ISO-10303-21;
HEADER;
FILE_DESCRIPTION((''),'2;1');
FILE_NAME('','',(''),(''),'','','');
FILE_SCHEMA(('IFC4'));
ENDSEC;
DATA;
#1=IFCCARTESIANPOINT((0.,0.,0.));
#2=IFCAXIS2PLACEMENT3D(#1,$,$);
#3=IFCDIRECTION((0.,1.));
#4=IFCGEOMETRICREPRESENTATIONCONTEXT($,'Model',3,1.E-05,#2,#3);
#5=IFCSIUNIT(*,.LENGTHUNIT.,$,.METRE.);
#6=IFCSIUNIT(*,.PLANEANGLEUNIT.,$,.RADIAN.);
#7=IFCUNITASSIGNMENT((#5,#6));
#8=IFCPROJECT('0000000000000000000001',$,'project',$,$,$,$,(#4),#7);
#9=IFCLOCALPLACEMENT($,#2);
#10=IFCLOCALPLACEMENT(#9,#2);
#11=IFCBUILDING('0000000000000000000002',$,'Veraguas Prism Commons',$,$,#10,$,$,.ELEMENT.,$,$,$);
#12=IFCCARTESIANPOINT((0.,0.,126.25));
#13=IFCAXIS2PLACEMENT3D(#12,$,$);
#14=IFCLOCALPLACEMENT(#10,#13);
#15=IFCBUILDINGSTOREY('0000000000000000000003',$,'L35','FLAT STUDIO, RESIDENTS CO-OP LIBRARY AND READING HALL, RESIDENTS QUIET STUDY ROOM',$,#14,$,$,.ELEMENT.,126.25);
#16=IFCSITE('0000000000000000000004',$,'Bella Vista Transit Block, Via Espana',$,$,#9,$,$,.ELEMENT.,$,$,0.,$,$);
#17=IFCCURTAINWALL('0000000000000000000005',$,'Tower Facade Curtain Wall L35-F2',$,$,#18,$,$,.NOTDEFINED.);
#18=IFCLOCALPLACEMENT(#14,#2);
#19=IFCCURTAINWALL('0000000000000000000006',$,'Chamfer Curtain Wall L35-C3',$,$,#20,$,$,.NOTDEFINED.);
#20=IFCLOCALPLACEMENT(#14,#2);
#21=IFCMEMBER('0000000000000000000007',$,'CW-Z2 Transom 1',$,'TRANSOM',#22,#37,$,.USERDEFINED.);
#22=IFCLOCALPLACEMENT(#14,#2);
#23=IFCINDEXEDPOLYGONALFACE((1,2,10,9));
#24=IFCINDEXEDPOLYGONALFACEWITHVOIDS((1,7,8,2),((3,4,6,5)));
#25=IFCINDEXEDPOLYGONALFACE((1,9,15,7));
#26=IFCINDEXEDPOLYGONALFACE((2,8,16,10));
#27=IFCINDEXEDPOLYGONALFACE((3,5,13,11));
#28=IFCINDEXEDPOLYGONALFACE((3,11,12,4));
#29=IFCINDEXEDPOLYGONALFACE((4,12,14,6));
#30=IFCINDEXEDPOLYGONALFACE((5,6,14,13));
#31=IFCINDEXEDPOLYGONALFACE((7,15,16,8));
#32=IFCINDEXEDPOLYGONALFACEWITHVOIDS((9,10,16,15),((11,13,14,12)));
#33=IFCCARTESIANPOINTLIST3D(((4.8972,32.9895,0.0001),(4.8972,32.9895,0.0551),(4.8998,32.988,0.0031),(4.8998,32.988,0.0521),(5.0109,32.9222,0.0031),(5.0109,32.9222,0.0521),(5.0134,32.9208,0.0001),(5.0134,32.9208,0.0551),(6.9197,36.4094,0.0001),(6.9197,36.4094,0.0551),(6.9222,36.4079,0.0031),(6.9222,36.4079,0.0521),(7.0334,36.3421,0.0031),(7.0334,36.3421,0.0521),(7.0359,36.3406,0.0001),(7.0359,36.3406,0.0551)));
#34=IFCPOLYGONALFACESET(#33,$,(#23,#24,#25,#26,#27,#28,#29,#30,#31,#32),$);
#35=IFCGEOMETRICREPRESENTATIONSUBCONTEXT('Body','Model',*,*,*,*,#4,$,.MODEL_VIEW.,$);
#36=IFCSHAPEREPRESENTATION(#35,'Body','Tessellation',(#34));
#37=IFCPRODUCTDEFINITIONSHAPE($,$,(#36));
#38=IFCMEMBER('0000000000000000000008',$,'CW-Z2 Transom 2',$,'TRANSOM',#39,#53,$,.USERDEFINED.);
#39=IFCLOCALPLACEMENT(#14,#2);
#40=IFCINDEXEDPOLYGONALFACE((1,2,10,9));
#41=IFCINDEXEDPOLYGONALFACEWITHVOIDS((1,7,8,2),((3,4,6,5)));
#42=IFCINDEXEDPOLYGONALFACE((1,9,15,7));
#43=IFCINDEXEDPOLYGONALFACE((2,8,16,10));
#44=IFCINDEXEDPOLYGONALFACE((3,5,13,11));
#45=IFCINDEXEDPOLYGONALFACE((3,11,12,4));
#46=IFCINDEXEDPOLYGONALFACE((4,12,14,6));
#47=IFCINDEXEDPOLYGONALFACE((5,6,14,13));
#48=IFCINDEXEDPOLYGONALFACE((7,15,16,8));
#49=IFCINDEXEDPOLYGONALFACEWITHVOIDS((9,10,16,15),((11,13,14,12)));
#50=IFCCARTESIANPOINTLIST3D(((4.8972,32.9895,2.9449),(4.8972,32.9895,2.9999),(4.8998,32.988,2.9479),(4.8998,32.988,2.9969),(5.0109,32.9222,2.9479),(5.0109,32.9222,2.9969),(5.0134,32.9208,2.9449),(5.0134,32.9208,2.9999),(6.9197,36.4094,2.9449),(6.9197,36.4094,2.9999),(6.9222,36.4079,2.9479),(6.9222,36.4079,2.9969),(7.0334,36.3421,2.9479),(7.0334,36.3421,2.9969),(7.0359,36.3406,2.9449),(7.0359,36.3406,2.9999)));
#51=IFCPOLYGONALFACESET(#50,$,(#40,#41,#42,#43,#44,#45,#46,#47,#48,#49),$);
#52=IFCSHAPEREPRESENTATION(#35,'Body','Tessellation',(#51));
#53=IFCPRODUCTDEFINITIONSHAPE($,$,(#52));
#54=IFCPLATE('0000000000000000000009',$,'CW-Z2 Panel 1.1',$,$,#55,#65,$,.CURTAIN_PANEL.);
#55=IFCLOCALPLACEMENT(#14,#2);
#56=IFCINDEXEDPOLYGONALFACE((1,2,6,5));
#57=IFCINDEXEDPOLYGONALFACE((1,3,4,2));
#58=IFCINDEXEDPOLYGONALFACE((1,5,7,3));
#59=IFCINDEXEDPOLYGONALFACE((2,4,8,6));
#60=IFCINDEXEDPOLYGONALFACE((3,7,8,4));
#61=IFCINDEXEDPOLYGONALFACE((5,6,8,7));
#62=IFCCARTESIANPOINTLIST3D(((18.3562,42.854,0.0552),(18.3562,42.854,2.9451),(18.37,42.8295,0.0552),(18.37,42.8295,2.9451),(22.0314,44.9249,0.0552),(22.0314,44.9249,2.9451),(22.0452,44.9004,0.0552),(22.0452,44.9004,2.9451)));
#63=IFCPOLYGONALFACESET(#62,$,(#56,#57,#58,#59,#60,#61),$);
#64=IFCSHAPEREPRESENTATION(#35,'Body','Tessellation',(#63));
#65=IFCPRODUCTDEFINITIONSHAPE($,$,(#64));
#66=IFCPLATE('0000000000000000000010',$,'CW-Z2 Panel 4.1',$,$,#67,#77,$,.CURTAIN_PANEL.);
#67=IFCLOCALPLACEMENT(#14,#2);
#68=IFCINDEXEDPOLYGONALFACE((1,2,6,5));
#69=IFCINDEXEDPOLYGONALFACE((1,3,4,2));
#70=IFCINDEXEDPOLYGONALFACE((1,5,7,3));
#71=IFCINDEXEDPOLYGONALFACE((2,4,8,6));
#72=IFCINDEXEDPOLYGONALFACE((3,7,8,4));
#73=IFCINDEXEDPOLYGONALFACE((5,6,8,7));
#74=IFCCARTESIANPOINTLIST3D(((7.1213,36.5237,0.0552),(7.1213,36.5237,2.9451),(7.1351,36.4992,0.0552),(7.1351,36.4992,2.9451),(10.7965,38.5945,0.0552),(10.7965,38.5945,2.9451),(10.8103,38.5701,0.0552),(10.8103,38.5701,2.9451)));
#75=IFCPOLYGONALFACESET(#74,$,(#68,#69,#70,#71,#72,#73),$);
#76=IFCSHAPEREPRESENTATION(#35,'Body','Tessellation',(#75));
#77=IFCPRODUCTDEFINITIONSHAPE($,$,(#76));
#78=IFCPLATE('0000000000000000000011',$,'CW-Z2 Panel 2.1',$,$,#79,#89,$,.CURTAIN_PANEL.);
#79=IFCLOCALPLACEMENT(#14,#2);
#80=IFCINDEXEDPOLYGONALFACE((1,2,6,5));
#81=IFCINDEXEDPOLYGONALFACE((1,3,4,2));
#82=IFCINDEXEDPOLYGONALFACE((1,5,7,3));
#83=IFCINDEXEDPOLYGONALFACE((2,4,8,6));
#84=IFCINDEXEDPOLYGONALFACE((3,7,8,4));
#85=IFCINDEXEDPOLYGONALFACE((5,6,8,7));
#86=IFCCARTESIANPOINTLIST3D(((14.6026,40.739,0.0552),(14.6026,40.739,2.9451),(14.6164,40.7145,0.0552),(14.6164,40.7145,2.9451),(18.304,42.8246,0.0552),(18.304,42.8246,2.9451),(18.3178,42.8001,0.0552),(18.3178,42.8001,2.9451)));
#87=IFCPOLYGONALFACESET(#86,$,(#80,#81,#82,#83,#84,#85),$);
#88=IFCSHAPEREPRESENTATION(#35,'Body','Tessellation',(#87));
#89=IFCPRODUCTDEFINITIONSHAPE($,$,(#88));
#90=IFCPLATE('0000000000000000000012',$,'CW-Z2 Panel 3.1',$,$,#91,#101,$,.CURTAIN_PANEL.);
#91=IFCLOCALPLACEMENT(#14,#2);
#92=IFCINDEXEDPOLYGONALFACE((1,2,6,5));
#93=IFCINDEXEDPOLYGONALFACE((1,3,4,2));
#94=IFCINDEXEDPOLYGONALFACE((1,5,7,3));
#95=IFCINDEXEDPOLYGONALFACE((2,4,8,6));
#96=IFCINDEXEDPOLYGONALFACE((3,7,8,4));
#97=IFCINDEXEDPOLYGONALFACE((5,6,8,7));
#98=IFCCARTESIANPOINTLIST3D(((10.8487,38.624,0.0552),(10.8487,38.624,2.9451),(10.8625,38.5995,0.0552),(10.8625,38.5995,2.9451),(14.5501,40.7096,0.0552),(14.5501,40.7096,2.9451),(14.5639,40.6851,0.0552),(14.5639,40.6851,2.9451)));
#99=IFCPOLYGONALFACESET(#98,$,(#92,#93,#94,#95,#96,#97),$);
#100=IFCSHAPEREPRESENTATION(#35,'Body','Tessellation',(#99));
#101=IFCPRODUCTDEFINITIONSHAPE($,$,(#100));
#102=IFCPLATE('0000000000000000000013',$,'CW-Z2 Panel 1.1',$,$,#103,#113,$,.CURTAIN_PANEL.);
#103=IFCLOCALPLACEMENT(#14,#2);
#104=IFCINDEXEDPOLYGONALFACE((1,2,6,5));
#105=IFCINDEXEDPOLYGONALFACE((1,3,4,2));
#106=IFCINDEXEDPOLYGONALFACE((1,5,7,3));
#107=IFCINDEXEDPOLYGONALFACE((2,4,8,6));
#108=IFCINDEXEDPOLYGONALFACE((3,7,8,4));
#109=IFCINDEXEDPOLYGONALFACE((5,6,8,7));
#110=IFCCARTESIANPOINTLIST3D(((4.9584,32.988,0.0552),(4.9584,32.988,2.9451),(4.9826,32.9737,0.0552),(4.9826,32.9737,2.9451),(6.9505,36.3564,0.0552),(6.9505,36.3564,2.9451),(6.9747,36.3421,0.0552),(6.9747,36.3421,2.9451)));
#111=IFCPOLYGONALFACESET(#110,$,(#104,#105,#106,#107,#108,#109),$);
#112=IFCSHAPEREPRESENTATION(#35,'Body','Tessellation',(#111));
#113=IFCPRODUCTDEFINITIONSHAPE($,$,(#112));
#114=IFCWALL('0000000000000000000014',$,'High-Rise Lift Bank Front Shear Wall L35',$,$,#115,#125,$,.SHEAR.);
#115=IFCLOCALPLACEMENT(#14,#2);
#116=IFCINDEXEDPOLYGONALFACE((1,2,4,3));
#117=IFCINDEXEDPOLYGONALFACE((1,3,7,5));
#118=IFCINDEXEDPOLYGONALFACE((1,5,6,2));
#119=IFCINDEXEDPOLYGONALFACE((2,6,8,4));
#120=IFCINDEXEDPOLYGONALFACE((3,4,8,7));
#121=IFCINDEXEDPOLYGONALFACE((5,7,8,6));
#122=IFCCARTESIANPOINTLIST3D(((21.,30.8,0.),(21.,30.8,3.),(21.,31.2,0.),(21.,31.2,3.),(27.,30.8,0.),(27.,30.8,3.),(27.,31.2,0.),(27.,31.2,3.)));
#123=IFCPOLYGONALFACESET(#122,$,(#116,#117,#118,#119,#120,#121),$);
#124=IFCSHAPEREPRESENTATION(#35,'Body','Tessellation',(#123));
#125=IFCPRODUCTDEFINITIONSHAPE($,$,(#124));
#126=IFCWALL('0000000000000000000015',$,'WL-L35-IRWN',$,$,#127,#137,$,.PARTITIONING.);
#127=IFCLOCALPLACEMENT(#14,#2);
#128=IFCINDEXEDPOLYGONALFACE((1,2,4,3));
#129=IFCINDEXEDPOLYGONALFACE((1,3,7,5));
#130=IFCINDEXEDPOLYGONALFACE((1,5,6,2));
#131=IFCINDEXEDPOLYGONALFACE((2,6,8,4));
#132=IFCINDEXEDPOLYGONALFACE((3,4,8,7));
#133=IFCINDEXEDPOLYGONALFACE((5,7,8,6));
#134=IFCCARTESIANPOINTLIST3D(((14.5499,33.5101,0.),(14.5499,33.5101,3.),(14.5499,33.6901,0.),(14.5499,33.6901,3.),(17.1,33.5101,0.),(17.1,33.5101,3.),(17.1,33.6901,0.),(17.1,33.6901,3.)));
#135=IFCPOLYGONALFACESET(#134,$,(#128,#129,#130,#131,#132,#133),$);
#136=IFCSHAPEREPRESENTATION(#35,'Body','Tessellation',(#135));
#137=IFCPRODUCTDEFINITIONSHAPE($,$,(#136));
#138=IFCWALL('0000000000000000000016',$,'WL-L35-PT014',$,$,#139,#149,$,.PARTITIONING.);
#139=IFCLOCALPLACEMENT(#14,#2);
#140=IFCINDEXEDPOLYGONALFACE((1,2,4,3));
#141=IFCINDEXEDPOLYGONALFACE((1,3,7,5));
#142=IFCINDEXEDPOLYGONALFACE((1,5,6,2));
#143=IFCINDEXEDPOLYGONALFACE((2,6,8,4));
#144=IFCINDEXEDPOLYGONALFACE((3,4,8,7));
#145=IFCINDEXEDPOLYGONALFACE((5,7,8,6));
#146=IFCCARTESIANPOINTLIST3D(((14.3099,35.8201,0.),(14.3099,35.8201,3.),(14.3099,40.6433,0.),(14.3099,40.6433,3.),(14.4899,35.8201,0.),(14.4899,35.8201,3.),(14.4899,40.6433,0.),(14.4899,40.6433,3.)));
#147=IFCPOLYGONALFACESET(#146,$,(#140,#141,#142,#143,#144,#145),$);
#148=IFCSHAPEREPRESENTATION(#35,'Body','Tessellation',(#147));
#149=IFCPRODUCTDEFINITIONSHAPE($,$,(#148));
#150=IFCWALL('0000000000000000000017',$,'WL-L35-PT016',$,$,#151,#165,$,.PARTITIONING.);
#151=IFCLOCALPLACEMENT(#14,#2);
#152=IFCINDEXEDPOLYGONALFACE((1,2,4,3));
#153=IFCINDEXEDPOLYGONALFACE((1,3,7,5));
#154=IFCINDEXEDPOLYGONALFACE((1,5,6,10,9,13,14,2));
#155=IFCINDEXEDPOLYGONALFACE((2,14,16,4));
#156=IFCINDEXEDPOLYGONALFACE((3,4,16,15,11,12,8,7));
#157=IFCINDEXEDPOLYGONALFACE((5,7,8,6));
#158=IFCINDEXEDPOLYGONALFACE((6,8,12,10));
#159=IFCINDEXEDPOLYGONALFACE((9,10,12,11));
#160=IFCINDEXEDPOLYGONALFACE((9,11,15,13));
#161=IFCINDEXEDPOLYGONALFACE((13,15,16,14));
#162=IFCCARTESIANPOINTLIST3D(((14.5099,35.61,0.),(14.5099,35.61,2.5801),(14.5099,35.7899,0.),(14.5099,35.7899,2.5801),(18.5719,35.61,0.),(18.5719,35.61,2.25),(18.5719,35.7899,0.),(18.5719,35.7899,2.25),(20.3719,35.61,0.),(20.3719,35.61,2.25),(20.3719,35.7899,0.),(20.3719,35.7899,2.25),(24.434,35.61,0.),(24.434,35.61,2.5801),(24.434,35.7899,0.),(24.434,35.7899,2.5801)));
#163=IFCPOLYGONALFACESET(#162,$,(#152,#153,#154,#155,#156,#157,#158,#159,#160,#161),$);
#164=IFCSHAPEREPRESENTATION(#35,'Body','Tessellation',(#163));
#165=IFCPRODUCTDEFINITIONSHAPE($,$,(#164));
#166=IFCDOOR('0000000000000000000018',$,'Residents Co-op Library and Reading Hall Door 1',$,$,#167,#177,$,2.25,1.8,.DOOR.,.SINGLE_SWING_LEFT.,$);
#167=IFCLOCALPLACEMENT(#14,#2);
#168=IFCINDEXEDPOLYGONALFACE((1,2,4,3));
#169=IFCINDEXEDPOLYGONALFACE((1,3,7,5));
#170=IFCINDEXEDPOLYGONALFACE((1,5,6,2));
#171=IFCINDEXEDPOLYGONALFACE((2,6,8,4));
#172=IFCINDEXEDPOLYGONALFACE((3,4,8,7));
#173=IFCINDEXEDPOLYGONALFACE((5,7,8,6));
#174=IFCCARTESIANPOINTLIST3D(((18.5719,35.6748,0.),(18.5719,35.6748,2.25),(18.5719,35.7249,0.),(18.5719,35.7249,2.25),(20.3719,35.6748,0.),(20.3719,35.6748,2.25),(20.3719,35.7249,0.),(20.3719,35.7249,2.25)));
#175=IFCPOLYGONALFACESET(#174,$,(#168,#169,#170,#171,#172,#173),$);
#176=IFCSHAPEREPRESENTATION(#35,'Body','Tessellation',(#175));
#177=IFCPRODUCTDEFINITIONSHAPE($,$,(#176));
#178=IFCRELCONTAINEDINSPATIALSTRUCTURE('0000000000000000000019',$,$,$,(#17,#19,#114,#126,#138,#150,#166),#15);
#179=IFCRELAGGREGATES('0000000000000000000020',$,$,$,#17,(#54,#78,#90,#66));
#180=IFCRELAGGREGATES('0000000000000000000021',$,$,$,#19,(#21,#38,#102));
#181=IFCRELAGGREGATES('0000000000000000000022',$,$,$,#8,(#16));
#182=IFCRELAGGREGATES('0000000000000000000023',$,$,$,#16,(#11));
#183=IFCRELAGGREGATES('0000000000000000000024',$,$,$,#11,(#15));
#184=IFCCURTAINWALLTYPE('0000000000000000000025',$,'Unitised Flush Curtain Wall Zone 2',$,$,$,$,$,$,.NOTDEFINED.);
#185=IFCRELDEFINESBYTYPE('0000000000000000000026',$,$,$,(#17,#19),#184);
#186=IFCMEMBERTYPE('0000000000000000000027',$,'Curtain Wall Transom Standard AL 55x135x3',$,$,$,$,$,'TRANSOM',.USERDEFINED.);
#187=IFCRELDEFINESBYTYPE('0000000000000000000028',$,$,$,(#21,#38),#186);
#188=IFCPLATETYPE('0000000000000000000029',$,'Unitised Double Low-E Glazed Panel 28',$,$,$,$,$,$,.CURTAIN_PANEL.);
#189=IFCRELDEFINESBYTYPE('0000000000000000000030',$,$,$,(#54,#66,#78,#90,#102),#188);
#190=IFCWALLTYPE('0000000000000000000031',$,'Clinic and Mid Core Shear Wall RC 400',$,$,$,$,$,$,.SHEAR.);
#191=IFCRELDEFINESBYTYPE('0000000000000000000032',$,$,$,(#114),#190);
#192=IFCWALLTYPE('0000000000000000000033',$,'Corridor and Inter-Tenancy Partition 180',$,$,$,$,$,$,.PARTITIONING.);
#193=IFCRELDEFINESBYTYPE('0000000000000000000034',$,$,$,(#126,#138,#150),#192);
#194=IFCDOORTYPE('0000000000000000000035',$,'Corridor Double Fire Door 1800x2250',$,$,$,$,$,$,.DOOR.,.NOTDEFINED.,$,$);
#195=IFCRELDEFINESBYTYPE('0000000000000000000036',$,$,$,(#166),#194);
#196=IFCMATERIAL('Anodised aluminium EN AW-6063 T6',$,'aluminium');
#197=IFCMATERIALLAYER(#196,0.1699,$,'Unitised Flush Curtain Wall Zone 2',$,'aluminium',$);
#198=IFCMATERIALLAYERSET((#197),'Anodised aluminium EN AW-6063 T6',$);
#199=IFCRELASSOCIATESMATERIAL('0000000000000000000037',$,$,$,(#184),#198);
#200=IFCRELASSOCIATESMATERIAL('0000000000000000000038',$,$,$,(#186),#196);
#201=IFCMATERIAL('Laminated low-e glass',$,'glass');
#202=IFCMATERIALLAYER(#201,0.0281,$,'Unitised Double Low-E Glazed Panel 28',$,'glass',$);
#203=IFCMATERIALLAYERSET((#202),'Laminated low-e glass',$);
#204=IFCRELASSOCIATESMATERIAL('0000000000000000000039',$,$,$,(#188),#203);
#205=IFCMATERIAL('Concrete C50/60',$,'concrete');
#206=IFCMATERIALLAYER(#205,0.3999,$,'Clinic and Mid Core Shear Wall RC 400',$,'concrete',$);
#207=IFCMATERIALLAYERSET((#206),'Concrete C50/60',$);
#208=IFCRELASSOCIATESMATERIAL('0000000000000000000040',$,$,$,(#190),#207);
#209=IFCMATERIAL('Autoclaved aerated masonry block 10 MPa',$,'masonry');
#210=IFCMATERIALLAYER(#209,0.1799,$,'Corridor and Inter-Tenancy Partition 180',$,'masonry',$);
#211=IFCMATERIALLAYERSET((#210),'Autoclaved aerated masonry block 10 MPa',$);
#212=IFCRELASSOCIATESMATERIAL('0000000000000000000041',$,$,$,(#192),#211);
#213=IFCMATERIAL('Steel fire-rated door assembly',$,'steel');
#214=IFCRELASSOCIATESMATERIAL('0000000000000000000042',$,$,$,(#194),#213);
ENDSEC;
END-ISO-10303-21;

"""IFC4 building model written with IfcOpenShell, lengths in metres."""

from ifc_helpers import new_model, si_unit, direction, frame, frame_2d, origin, origin_2d, place, context, subcontext, project, spatial, rectangle, hollow_rectangle, extrude, source, transform, mapped, material, layer, layer_set, material_profile, profile_set, type_object, element, fill, aggregate, save


model = new_model("IFC4")

# Units and contexts
model_context = context("Model", 3, precision=1e-05, world=origin(), true_north=direction((0.0, 1.0)))
body_context = subcontext(model_context, "Body", "Model", "MODEL_VIEW")
ifc_project = project(units=[si_unit("LENGTHUNIT", "METRE"), si_unit("PLANEANGLEUNIT", "RADIAN")], contexts=[model_context])

# Site, building, storey
site_placement = place(None, origin())
site = spatial("IfcSite", under=ifc_project, at=site_placement, Name="Bella Vista Transit Block, Via Espana", CompositionType="ELEMENT", RefElevation=0.0)
building_placement = place(site_placement, origin())
building = spatial("IfcBuilding", under=site, at=building_placement, Name="Veraguas Prism Commons", CompositionType="ELEMENT")
storey_placement = place(building_placement, frame((0.0, 0.0, 126.25)))
storey = spatial("IfcBuildingStorey", under=building, at=storey_placement, Name="L35", Description="FLAT STUDIO, RESIDENTS CO-OP LIBRARY AND READING HALL, RESIDENTS QUIET STUDY ROOM", CompositionType="ELEMENT", Elevation=126.25)

# Shared definitions
ifc_material_1 = material(Name="Concrete C50/60", Category="concrete")

# Curtain wall
ifc_material_2 = material(Name="Anodised aluminium EN AW-6063 T6", Category="aluminium")
ifc_layer_1 = layer(ifc_material_2, 0.1699, Name="Unitised Flush Curtain Wall Zone 2", Category="aluminium")
ifc_layer_set_1 = layer_set([ifc_layer_1], Name="Anodised aluminium EN AW-6063 T6")
curtain_wall_type = type_object("IfcCurtainWallType", Name="Unitised Flush Curtain Wall Zone 2", PredefinedType="NOTDEFINED", material=ifc_layer_set_1)
curtain_wall_1_placement = place(storey_placement, origin())
curtain_wall_1 = element("IfcCurtainWall", 1, at=curtain_wall_1_placement, inside=storey, type_object=curtain_wall_type, Name="Tower Facade Curtain Wall L35-F2", PredefinedType="NOTDEFINED")

# Curtain wall
curtain_wall_2_placement = place(storey_placement, origin())
curtain_wall_2 = element("IfcCurtainWall", 2, at=curtain_wall_2_placement, inside=storey, type_object=curtain_wall_type, Name="Chamfer Curtain Wall L35-C3", PredefinedType="NOTDEFINED")

# Members
ifc_material_profile_1 = material_profile(ifc_material_2, hollow_rectangle(XDim=0.0549, YDim=0.135, WallThickness=0.0029, at=origin_2d()), Name="AL55X135X3")
ifc_profile_set_1 = profile_set([ifc_material_profile_1], Name="Anodised aluminium EN AW-6063 T6")
member_type_1 = type_object("IfcMemberType", Name="Curtain Wall Transom Standard AL 55x135x3", ElementType="TRANSOM", PredefinedType="USERDEFINED", material=ifc_profile_set_1)
shared_shape_1 = source(origin(), body_context, "Body", "SweptSolid", [
    extrude(hollow_rectangle(XDim=0.0549, YDim=0.135, WallThickness=0.0029, at=origin_2d()), origin(), (0.0, 0.0, 1.0), 3.9731),
])
member_1_placement = place(storey_placement, frame((6.9778, 36.375, 0.0276), z_axis=(-0.509027, -0.86075, 0.0), x_axis=(0.0, 0.0, 1.0)))
member_1 = element("IfcMember", 3, at=member_1_placement, type_object=member_type_1, Name="CW-Z2 Transom 1", ObjectType="TRANSOM", PredefinedType="USERDEFINED", context=body_context, shape_type="MappedRepresentation", body=[
    mapped(shared_shape_1, transform((0.0, 0.0, 0.0), scale=1.0)),
])
member_2_placement = place(storey_placement, frame((6.9778, 36.375, 2.9724), z_axis=(-0.509027, -0.86075, 0.0), x_axis=(0.0, 0.0, 1.0)))
member_2 = element("IfcMember", 4, at=member_2_placement, type_object=member_type_1, Name="CW-Z2 Transom 2", ObjectType="TRANSOM", PredefinedType="USERDEFINED", context=body_context, shape_type="MappedRepresentation", body=[
    mapped(shared_shape_1, transform((0.0, 0.0, 0.0), scale=1.0)),
])

# Plates
ifc_material_3 = material(Name="Laminated low-e glass", Category="glass")
ifc_layer_2 = layer(ifc_material_3, 0.0281, Name="Unitised Double Low-E Glazed Panel 28", Category="glass")
ifc_layer_set_2 = layer_set([ifc_layer_2], Name="Laminated low-e glass")
plate_type = type_object("IfcPlateType", Name="Unitised Double Low-E Glazed Panel 28", PredefinedType="CURTAIN_PANEL", material=ifc_layer_set_2)
shared_shape_2 = source(origin(), body_context, "Body", "SweptSolid", [
    extrude(rectangle(XDim=4.2185, YDim=0.0281, at=origin_2d()), origin(), (0.0, 0.0, 1.0), 2.8899),
])
plate_1_placement = place(storey_placement, frame((20.2007, 43.8772, 0.0552), z_axis=(0.0, 0.0, 1.0), x_axis=(-0.871215, -0.490902, 0.0)))
plate_1 = element("IfcPlate", 5, at=plate_1_placement, type_object=plate_type, Name="CW-Z2 Panel 1.1", PredefinedType="CURTAIN_PANEL", context=body_context, shape_type="MappedRepresentation", body=[
    mapped(shared_shape_2, transform((0.0, 0.0, 0.0), scale=1.0)),
])
plate_2_placement = place(storey_placement, frame((8.9658, 37.5469, 0.0552), z_axis=(0.0, 0.0, 1.0), x_axis=(-0.871215, -0.490902, 0.0)))
plate_2 = element("IfcPlate", 6, at=plate_2_placement, type_object=plate_type, Name="CW-Z2 Panel 4.1", PredefinedType="CURTAIN_PANEL", context=body_context, shape_type="MappedRepresentation", body=[
    mapped(shared_shape_2, transform((0.0, 0.0, 0.0), scale=1.0)),
])
shared_shape_3 = source(origin(), body_context, "Body", "SweptSolid", [
    extrude(rectangle(XDim=4.2485, YDim=0.0281, at=origin_2d()), origin(), (0.0, 0.0, 1.0), 2.8899),
])
plate_3_placement = place(storey_placement, frame((16.4602, 41.7695, 0.0552), z_axis=(0.0, 0.0, 1.0), x_axis=(-0.871215, -0.490902, 0.0)))
plate_3 = element("IfcPlate", 7, at=plate_3_placement, type_object=plate_type, Name="CW-Z2 Panel 2.1", PredefinedType="CURTAIN_PANEL", context=body_context, shape_type="MappedRepresentation", body=[
    mapped(shared_shape_3, transform((0.0, 0.0, 0.0), scale=1.0)),
])
plate_4_placement = place(storey_placement, frame((12.7063, 39.6545, 0.0552), z_axis=(0.0, 0.0, 1.0), x_axis=(-0.871215, -0.490902, 0.0)))
plate_4 = element("IfcPlate", 8, at=plate_4_placement, type_object=plate_type, Name="CW-Z2 Panel 3.1", PredefinedType="CURTAIN_PANEL", context=body_context, shape_type="MappedRepresentation", body=[
    mapped(shared_shape_3, transform((0.0, 0.0, 0.0), scale=1.0)),
])
aggregate(curtain_wall_1, [plate_1, plate_3, plate_4, plate_2])
shared_shape_4 = source(origin(), body_context, "Body", "SweptSolid", [
    extrude(rectangle(XDim=3.9133, YDim=0.0281, at=origin_2d()), origin(), (0.0, 0.0, 1.0), 2.8899),
])
plate_5_placement = place(storey_placement, frame((5.9666, 34.665, 0.0552), z_axis=(0.0, 0.0, 1.0), x_axis=(-0.509041, -0.860742, 0.0)))
plate_5 = element("IfcPlate", 9, at=plate_5_placement, type_object=plate_type, Name="CW-Z2 Panel 1.1", PredefinedType="CURTAIN_PANEL", context=body_context, shape_type="MappedRepresentation", body=[
    mapped(shared_shape_4, transform((0.0, 0.0, 0.0), scale=1.0)),
])
aggregate(curtain_wall_2, [member_1, member_2, plate_5])

# Walls
ifc_layer_3 = layer(ifc_material_1, 0.3999, Name="Clinic and Mid Core Shear Wall RC 400", Category="concrete")
ifc_layer_set_3 = layer_set([ifc_layer_3], Name="Concrete C50/60")
wall_type_1 = type_object("IfcWallType", Name="Clinic and Mid Core Shear Wall RC 400", PredefinedType="SHEAR", material=ifc_layer_set_3)
wall_1_placement = place(storey_placement, frame((21.0, 31.0, 0.0), z_axis=(0.0, 0.0, 1.0), x_axis=(1.0, 0.0, 0.0)))
element("IfcWall", 10, at=wall_1_placement, inside=storey, type_object=wall_type_1, Name="High-Rise Lift Bank Front Shear Wall L35", PredefinedType="SHEAR", context=body_context, shape_type="SweptSolid", body=[
    extrude(rectangle(XDim=6.0, YDim=0.3999, at=frame_2d((3.0, 0.0))), origin(), (0.0, 0.0, 1.0), 3.0),
])
ifc_material_4 = material(Name="Autoclaved aerated masonry block 10 MPa", Category="masonry")
ifc_layer_4 = layer(ifc_material_4, 0.1799, Name="Corridor and Inter-Tenancy Partition 180", Category="masonry")
ifc_layer_set_4 = layer_set([ifc_layer_4], Name="Autoclaved aerated masonry block 10 MPa")
wall_type_2 = type_object("IfcWallType", Name="Corridor and Inter-Tenancy Partition 180", PredefinedType="PARTITIONING", material=ifc_layer_set_4)
wall_2_placement = place(storey_placement, frame((14.55, 33.6001, 0.0), z_axis=(0.0, 0.0, 1.0), x_axis=(1.0, 0.0, 0.0)))
element("IfcWall", 11, at=wall_2_placement, inside=storey, type_object=wall_type_2, Name="WL-L35-IRWN", PredefinedType="PARTITIONING", context=body_context, shape_type="SweptSolid", body=[
    extrude(rectangle(XDim=2.55, YDim=0.1799, at=frame_2d((1.2749, 0.0))), origin(), (0.0, 0.0, 1.0), 3.0),
])
wall_3_placement = place(storey_placement, frame((14.3999, 35.8201, 0.0), z_axis=(0.0, 0.0, 1.0), x_axis=(0.0, 1.0, 0.0)))
element("IfcWall", 12, at=wall_3_placement, inside=storey, type_object=wall_type_2, Name="WL-L35-PT014", PredefinedType="PARTITIONING", context=body_context, shape_type="SweptSolid", body=[
    extrude(rectangle(XDim=4.8232, YDim=0.1799, at=frame_2d((2.4116, 0.0))), origin(), (0.0, 0.0, 1.0), 3.0),
])

# Wall, opening, door
wall_4_placement = place(storey_placement, frame((14.51, 35.7, 0.0), z_axis=(0.0, 0.0, 1.0), x_axis=(1.0, 0.0, 0.0)))
wall_4 = element("IfcWall", 13, at=wall_4_placement, inside=storey, type_object=wall_type_2, Name="WL-L35-PT016", PredefinedType="PARTITIONING", context=body_context, shape_type="SweptSolid", body=[
    extrude(rectangle(XDim=9.9241, YDim=0.1799, at=frame_2d((4.9619, 0.0))), origin(), (0.0, 0.0, 1.0), 2.5801),
])
opening_1_placement = place(wall_4_placement, frame((4.062, 0.0, 0.0)))
opening_1 = element("IfcOpeningElement", 14, at=opening_1_placement, cuts=wall_4, PredefinedType="OPENING", context=body_context, shape_type="SweptSolid", body=[
    extrude(rectangle(XDim=1.8, YDim=2.25, at=frame_2d((0.8999, 1.125))), frame((0.0, 0.0999, 0.0), z_axis=(0.0, -1.0, 0.0), x_axis=(1.0, 0.0, 0.0)), (0.0, 0.0, 1.0), 0.2),
])
ifc_material_5 = material(Name="Steel fire-rated door assembly", Category="steel")
door_type_1 = type_object("IfcDoorType", Name="Corridor Double Fire Door 1800x2250", OperationType="NOTDEFINED", PredefinedType="DOOR", material=ifc_material_5)
shared_shape_5 = source(origin(), body_context, "Body", "SweptSolid", [
    extrude(rectangle(XDim=1.8, YDim=2.25, at=frame_2d((0.8999, 1.125))), frame((0.0, 0.0249, 0.0), z_axis=(0.0, -1.0, 0.0), x_axis=(1.0, 0.0, 0.0)), (0.0, 0.0, 1.0), 0.05),
])
door_1_placement = place(opening_1_placement, origin())
door_1 = element("IfcDoor", 15, at=door_1_placement, inside=storey, type_object=door_type_1, Name="Residents Co-op Library and Reading Hall Door 1", OperationType="SINGLE_SWING_LEFT", OverallHeight=2.25, OverallWidth=1.8, PredefinedType="DOOR", context=body_context, shape_type="MappedRepresentation", body=[
    mapped(shared_shape_5, transform((0.0, 0.0, 0.0), scale=1.0)),
])
fill(opening_1, door_1)

save(model, "model.ifc")
